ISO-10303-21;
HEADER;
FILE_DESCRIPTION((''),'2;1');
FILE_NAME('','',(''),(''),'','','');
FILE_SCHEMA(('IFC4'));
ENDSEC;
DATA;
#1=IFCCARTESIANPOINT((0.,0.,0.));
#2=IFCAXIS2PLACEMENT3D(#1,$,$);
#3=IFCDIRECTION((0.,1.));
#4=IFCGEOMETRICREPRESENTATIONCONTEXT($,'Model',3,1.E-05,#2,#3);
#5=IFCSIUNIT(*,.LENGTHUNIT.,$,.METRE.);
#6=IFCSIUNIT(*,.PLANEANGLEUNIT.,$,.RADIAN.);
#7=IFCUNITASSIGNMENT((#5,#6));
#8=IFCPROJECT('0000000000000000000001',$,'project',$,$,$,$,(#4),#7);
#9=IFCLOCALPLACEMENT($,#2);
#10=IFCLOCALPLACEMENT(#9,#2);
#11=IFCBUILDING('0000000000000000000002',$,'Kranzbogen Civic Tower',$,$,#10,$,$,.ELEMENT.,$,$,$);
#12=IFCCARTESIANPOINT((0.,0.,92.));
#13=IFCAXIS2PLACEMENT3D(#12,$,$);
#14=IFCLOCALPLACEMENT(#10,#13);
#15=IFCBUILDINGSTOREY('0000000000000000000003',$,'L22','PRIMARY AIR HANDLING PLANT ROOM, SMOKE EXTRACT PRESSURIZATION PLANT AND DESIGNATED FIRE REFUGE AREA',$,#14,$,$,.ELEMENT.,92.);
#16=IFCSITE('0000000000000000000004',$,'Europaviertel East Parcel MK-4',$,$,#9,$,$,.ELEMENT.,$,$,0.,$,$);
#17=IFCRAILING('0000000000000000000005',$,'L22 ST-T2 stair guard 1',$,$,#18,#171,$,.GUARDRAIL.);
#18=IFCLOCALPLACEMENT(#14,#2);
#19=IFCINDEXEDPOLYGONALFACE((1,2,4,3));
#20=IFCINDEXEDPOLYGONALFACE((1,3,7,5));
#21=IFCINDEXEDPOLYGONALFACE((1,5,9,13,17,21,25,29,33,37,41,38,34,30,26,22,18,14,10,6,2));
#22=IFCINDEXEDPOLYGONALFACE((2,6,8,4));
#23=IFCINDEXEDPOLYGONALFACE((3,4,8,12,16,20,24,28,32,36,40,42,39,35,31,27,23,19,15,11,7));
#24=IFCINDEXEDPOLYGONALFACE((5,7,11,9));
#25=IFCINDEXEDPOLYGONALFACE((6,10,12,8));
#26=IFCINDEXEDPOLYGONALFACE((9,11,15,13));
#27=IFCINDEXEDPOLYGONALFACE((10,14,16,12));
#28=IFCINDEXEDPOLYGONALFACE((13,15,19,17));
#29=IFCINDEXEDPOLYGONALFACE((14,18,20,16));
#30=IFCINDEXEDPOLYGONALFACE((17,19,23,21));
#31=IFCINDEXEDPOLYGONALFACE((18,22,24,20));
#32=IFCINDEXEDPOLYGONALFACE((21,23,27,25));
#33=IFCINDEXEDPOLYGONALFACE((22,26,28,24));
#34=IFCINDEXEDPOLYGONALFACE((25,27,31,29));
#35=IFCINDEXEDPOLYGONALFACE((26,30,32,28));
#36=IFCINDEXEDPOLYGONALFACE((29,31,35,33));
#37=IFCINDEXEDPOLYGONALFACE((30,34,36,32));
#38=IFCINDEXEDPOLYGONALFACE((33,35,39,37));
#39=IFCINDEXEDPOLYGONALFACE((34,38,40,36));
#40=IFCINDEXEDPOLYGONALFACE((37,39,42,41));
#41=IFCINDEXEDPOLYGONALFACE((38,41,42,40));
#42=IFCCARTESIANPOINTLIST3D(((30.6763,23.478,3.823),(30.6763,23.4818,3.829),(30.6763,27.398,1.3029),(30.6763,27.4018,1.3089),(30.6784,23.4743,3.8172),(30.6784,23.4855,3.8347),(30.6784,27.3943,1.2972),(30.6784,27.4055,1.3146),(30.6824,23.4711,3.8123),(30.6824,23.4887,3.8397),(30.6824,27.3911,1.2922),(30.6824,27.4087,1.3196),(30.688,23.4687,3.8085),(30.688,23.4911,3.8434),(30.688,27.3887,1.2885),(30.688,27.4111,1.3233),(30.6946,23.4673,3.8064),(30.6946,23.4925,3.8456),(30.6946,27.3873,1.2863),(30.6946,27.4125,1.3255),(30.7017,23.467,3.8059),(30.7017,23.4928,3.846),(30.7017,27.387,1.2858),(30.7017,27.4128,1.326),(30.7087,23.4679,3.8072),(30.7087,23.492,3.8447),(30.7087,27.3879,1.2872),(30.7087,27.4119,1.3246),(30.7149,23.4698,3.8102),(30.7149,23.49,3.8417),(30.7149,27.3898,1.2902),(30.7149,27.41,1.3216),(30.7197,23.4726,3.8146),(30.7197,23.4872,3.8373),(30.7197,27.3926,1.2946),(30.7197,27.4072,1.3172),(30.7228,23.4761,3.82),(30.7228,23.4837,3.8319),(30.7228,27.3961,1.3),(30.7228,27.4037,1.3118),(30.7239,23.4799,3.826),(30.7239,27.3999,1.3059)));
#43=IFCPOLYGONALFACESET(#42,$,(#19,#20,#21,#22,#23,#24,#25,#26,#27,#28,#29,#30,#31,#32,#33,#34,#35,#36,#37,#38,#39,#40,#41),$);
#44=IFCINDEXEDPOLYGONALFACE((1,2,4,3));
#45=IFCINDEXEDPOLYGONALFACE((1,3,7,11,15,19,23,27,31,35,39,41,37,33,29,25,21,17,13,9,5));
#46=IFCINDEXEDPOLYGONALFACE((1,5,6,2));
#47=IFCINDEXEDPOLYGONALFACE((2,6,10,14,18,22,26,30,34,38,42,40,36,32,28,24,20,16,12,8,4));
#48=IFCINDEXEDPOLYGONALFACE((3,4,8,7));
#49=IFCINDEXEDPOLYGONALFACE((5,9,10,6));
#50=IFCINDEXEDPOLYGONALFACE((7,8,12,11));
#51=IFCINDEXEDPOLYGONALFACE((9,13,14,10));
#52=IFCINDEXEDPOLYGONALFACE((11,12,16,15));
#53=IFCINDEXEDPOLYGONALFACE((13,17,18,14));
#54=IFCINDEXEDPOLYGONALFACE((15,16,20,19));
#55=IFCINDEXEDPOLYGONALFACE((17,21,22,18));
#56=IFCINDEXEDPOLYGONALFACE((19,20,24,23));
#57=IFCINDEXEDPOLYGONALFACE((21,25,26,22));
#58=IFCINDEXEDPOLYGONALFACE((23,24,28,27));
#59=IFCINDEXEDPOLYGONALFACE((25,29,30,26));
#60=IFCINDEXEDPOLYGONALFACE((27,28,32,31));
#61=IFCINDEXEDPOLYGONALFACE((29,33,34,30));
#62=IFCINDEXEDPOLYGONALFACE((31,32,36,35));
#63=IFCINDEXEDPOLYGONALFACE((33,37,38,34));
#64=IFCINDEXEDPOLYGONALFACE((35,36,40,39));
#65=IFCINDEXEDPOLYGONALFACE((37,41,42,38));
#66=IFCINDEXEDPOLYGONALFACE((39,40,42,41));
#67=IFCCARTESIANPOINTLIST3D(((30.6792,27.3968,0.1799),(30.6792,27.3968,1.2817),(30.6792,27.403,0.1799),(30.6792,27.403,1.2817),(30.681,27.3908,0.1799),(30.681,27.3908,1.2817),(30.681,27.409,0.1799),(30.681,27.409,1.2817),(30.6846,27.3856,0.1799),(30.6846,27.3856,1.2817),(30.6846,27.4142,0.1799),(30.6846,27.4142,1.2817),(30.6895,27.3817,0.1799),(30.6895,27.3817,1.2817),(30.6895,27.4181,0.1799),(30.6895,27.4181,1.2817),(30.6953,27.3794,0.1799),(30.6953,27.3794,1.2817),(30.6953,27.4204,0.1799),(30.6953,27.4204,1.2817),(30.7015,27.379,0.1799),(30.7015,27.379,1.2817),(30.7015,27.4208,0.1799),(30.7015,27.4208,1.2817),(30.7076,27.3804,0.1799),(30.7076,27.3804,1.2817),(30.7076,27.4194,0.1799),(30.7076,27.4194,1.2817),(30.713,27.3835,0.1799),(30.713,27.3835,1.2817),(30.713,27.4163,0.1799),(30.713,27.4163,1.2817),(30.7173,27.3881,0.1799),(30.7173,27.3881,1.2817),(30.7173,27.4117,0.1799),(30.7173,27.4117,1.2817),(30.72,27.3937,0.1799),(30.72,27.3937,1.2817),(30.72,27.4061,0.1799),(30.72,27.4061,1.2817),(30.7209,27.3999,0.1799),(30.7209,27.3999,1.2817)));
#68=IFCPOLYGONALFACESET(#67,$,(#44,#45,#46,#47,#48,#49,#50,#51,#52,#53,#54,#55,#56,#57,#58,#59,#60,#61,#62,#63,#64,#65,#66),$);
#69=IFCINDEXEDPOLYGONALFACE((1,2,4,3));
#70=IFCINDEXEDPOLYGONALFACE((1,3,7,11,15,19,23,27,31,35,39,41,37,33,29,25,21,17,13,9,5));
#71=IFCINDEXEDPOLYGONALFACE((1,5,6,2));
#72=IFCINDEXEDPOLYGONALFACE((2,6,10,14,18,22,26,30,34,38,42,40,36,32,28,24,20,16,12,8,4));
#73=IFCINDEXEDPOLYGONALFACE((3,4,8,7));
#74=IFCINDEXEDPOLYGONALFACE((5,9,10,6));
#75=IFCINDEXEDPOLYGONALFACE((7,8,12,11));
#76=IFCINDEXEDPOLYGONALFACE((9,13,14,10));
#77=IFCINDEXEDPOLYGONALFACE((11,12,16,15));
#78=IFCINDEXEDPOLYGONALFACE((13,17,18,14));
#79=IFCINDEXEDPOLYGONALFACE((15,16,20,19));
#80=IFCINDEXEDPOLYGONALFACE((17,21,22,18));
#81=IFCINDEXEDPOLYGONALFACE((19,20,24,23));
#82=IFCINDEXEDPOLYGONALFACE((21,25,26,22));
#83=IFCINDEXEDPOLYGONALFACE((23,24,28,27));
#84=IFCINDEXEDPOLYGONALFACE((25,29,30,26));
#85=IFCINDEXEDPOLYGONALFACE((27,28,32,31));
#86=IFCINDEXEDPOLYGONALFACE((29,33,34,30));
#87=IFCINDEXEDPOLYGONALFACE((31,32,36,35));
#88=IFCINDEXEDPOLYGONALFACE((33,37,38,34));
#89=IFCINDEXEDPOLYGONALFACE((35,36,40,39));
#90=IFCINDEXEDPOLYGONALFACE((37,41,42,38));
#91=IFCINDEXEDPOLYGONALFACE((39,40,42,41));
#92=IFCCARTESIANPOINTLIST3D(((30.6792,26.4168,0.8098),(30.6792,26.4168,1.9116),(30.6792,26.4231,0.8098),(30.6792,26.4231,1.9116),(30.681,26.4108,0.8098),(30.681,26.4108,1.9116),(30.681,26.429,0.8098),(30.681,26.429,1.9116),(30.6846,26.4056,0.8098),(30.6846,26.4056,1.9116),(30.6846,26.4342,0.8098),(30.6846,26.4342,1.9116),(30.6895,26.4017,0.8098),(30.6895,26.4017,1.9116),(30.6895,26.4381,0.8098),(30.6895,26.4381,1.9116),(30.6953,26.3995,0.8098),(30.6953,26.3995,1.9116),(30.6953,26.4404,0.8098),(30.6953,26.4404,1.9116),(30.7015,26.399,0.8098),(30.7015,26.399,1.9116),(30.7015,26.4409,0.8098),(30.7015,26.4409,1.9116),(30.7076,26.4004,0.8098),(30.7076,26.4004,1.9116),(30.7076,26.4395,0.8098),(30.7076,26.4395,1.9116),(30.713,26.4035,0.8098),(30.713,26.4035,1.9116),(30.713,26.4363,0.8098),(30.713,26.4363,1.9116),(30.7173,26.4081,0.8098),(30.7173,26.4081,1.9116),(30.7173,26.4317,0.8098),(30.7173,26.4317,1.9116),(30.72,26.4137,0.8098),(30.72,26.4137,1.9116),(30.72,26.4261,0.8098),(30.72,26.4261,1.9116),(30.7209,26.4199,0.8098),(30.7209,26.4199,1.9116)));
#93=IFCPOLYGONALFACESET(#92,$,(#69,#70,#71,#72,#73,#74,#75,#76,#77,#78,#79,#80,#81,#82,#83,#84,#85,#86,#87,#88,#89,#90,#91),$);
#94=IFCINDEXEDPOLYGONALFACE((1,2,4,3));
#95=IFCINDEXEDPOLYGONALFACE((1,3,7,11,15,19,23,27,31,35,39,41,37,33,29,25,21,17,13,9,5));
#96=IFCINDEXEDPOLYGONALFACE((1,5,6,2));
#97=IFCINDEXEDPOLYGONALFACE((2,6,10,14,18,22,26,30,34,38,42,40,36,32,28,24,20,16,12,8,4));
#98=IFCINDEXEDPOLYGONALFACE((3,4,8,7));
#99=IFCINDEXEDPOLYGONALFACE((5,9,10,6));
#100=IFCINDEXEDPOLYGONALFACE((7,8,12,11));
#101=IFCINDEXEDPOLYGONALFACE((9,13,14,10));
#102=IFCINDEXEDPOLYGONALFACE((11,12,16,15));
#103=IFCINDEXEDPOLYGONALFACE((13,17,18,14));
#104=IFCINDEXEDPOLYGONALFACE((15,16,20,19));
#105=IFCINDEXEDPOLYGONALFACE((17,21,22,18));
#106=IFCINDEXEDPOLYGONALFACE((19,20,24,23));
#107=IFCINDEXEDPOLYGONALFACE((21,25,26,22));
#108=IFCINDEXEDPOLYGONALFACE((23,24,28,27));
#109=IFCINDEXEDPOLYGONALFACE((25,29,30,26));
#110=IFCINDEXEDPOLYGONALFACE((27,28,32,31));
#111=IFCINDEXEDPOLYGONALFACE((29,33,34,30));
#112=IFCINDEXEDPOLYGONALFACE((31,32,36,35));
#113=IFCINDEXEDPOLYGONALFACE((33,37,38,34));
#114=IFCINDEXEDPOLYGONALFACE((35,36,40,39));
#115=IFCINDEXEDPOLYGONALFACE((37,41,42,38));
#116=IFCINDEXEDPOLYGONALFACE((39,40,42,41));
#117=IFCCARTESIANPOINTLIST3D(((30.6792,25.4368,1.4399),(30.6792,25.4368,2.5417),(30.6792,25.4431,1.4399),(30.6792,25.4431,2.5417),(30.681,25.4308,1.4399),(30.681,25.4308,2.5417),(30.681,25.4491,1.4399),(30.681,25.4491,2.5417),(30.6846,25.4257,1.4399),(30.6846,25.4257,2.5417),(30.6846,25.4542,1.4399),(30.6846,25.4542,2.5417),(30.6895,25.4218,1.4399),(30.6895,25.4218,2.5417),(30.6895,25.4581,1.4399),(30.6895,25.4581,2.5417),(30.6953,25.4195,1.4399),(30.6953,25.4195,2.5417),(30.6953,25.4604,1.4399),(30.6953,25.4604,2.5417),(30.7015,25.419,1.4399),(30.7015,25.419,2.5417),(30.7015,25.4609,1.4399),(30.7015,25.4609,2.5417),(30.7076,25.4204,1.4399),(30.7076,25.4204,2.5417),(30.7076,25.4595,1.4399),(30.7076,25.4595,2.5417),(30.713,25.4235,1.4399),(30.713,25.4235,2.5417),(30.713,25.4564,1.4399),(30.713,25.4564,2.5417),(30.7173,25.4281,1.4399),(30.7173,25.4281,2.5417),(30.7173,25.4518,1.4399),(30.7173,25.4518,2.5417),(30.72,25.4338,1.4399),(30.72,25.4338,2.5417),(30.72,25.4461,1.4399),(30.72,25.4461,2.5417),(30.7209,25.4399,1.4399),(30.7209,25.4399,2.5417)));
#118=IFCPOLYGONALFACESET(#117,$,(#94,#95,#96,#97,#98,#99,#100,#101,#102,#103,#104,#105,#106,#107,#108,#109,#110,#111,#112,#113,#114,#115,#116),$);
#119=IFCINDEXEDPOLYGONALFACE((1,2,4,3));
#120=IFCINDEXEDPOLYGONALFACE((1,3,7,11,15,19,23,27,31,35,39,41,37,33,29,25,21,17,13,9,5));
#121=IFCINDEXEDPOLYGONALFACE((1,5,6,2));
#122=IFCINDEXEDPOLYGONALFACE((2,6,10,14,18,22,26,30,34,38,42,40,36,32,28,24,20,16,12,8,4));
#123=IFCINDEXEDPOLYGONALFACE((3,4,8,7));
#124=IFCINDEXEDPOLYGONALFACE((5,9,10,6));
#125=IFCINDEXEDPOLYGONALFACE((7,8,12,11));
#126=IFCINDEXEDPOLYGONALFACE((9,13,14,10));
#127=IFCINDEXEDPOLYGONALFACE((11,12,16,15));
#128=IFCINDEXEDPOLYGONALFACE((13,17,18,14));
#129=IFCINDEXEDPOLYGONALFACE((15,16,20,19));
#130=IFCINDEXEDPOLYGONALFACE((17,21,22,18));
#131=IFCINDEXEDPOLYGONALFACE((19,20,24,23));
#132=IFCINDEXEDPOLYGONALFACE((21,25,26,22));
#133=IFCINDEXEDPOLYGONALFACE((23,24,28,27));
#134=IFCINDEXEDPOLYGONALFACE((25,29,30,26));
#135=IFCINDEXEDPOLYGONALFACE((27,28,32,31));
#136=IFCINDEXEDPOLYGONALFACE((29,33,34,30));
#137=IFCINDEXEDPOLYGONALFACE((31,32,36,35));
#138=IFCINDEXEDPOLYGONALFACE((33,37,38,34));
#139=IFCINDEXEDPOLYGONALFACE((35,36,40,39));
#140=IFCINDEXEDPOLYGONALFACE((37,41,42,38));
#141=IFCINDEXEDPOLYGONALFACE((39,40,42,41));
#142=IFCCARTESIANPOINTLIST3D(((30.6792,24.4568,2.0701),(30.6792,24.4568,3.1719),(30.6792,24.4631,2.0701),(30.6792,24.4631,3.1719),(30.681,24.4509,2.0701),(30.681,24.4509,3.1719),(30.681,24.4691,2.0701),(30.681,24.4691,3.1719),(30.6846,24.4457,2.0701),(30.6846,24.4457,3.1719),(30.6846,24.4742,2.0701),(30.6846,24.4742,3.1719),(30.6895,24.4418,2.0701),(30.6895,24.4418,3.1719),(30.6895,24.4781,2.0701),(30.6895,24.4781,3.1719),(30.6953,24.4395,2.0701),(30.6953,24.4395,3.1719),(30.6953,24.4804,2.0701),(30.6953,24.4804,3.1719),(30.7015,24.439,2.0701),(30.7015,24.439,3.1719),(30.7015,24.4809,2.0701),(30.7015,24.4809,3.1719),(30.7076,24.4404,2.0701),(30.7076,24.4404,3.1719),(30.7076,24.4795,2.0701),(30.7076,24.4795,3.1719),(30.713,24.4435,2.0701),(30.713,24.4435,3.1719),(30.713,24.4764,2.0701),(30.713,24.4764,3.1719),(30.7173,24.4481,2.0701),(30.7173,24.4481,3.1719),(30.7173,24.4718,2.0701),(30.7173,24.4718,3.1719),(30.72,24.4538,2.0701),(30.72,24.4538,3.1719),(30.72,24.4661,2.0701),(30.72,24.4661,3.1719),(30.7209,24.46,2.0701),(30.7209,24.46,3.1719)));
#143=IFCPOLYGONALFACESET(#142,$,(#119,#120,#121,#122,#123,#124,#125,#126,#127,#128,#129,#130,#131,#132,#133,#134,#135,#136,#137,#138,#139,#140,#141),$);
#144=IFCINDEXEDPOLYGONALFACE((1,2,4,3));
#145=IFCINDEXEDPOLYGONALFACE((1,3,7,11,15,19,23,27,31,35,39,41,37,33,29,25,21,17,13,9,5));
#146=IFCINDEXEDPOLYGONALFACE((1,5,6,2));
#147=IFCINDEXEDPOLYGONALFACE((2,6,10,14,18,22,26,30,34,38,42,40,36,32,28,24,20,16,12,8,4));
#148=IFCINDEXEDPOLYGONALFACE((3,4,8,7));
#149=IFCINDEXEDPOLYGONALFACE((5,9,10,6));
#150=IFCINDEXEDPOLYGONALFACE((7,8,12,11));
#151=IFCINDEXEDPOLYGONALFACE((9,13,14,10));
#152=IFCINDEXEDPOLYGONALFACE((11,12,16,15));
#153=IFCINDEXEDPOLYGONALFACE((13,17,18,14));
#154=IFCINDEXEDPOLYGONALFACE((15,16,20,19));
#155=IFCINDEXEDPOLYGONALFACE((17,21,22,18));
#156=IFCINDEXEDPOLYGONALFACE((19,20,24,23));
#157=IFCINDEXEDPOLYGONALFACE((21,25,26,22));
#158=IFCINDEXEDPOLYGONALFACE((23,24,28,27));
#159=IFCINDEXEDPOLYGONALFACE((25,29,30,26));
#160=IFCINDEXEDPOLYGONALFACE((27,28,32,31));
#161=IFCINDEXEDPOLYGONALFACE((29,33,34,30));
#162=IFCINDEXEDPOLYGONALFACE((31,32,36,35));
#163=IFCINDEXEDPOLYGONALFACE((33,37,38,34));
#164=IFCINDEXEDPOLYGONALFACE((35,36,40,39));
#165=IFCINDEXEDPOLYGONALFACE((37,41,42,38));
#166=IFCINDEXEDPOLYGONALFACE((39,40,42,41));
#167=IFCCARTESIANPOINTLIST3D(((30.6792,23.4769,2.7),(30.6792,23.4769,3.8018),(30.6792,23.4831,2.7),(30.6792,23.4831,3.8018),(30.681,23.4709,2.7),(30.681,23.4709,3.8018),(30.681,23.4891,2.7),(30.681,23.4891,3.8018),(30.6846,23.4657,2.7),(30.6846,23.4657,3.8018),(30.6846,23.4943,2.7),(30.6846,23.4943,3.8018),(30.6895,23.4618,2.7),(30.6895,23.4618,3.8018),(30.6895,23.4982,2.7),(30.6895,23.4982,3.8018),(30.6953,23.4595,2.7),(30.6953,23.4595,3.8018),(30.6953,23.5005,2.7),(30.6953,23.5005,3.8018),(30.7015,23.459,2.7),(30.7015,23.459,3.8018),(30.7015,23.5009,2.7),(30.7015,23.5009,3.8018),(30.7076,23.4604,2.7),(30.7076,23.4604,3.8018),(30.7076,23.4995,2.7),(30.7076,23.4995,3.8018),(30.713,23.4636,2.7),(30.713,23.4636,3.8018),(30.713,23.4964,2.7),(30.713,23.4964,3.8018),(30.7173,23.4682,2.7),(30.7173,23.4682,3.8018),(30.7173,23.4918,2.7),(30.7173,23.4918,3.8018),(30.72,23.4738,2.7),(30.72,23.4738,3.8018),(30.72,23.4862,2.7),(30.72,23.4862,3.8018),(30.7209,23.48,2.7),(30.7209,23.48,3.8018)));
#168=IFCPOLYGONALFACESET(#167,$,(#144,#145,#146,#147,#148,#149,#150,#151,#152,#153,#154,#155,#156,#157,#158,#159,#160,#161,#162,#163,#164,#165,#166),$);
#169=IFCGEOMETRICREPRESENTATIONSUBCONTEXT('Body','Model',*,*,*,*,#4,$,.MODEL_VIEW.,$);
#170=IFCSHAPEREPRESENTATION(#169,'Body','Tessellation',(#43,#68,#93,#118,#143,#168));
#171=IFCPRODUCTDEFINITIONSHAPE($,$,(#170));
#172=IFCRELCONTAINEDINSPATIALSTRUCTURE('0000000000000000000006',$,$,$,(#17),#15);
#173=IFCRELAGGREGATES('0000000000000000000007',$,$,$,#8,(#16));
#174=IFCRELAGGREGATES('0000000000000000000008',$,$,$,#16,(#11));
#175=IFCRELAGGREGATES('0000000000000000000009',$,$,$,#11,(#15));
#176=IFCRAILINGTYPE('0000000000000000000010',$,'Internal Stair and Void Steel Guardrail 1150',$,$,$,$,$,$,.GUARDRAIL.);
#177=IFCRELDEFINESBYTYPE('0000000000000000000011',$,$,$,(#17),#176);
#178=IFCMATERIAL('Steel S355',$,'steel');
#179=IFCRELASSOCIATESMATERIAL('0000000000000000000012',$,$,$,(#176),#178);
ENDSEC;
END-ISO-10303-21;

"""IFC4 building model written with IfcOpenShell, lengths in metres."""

from ifc_helpers import new_model, si_unit, direction, frame, origin, origin_2d, place, context, subcontext, project, spatial, circle, extrude, material, type_object, element, save


model = new_model("IFC4")

# Units and contexts
model_context = context("Model", 3, precision=1e-05, world=origin(), true_north=direction((0.0, 1.0)))
body_context = subcontext(model_context, "Body", "Model", "MODEL_VIEW")
ifc_project = project(units=[si_unit("LENGTHUNIT", "METRE"), si_unit("PLANEANGLEUNIT", "RADIAN")], contexts=[model_context])

# Site, building, storey
site_placement = place(None, origin())
site = spatial("IfcSite", under=ifc_project, at=site_placement, Name="Europaviertel East Parcel MK-4", CompositionType="ELEMENT", RefElevation=0.0)
building_placement = place(site_placement, origin())
building = spatial("IfcBuilding", under=site, at=building_placement, Name="Kranzbogen Civic Tower", CompositionType="ELEMENT")
storey_placement = place(building_placement, frame((0.0, 0.0, 92.0)))
storey = spatial("IfcBuildingStorey", under=building, at=storey_placement, Name="L22", Description="PRIMARY AIR HANDLING PLANT ROOM, SMOKE EXTRACT PRESSURIZATION PLANT AND DESIGNATED FIRE REFUGE AREA", CompositionType="ELEMENT", Elevation=92.0)

# Shared definitions
ifc_material_1 = material(Name="Steel S355", Category="steel")

# Railing
railing_type_1 = type_object("IfcRailingType", Name="Internal Stair and Void Steel Guardrail 1150", PredefinedType="GUARDRAIL", material=ifc_material_1)
railing_1_placement = place(storey_placement, frame((30.7, 27.3999, 0.1799)))
element("IfcRailing", 1, at=railing_1_placement, inside=storey, type_object=railing_type_1, Name="L22 ST-T2 stair guard 1", PredefinedType="GUARDRAIL", context=body_context, shape_type="SweptSolid", body=[
    extrude(circle(Radius=0.0239, at=origin_2d()), frame((0.0, 0.0, 1.126), z_axis=(0.0, -0.841172, 0.540768), x_axis=(1.0, 0.0, 0.0)), (0.0, 0.0, 1.0), 4.6602),
    extrude(circle(Radius=0.021, at=origin_2d()), origin(), (0.0, 0.0, 1.0), 1.1018),
    extrude(circle(Radius=0.021, at=origin_2d()), frame((0.0, -0.98, 0.6299)), (0.0, 0.0, 1.0), 1.1018),
    extrude(circle(Radius=0.021, at=origin_2d()), frame((0.0, -1.96, 1.26)), (0.0, 0.0, 1.0), 1.1018),
    extrude(circle(Radius=0.021, at=origin_2d()), frame((0.0, -2.9399, 1.8901)), (0.0, 0.0, 1.0), 1.1018),
    extrude(circle(Radius=0.021, at=origin_2d()), frame((0.0, -3.9199, 2.52)), (0.0, 0.0, 1.0), 1.1018),
])

save(model, "model.ifc")
